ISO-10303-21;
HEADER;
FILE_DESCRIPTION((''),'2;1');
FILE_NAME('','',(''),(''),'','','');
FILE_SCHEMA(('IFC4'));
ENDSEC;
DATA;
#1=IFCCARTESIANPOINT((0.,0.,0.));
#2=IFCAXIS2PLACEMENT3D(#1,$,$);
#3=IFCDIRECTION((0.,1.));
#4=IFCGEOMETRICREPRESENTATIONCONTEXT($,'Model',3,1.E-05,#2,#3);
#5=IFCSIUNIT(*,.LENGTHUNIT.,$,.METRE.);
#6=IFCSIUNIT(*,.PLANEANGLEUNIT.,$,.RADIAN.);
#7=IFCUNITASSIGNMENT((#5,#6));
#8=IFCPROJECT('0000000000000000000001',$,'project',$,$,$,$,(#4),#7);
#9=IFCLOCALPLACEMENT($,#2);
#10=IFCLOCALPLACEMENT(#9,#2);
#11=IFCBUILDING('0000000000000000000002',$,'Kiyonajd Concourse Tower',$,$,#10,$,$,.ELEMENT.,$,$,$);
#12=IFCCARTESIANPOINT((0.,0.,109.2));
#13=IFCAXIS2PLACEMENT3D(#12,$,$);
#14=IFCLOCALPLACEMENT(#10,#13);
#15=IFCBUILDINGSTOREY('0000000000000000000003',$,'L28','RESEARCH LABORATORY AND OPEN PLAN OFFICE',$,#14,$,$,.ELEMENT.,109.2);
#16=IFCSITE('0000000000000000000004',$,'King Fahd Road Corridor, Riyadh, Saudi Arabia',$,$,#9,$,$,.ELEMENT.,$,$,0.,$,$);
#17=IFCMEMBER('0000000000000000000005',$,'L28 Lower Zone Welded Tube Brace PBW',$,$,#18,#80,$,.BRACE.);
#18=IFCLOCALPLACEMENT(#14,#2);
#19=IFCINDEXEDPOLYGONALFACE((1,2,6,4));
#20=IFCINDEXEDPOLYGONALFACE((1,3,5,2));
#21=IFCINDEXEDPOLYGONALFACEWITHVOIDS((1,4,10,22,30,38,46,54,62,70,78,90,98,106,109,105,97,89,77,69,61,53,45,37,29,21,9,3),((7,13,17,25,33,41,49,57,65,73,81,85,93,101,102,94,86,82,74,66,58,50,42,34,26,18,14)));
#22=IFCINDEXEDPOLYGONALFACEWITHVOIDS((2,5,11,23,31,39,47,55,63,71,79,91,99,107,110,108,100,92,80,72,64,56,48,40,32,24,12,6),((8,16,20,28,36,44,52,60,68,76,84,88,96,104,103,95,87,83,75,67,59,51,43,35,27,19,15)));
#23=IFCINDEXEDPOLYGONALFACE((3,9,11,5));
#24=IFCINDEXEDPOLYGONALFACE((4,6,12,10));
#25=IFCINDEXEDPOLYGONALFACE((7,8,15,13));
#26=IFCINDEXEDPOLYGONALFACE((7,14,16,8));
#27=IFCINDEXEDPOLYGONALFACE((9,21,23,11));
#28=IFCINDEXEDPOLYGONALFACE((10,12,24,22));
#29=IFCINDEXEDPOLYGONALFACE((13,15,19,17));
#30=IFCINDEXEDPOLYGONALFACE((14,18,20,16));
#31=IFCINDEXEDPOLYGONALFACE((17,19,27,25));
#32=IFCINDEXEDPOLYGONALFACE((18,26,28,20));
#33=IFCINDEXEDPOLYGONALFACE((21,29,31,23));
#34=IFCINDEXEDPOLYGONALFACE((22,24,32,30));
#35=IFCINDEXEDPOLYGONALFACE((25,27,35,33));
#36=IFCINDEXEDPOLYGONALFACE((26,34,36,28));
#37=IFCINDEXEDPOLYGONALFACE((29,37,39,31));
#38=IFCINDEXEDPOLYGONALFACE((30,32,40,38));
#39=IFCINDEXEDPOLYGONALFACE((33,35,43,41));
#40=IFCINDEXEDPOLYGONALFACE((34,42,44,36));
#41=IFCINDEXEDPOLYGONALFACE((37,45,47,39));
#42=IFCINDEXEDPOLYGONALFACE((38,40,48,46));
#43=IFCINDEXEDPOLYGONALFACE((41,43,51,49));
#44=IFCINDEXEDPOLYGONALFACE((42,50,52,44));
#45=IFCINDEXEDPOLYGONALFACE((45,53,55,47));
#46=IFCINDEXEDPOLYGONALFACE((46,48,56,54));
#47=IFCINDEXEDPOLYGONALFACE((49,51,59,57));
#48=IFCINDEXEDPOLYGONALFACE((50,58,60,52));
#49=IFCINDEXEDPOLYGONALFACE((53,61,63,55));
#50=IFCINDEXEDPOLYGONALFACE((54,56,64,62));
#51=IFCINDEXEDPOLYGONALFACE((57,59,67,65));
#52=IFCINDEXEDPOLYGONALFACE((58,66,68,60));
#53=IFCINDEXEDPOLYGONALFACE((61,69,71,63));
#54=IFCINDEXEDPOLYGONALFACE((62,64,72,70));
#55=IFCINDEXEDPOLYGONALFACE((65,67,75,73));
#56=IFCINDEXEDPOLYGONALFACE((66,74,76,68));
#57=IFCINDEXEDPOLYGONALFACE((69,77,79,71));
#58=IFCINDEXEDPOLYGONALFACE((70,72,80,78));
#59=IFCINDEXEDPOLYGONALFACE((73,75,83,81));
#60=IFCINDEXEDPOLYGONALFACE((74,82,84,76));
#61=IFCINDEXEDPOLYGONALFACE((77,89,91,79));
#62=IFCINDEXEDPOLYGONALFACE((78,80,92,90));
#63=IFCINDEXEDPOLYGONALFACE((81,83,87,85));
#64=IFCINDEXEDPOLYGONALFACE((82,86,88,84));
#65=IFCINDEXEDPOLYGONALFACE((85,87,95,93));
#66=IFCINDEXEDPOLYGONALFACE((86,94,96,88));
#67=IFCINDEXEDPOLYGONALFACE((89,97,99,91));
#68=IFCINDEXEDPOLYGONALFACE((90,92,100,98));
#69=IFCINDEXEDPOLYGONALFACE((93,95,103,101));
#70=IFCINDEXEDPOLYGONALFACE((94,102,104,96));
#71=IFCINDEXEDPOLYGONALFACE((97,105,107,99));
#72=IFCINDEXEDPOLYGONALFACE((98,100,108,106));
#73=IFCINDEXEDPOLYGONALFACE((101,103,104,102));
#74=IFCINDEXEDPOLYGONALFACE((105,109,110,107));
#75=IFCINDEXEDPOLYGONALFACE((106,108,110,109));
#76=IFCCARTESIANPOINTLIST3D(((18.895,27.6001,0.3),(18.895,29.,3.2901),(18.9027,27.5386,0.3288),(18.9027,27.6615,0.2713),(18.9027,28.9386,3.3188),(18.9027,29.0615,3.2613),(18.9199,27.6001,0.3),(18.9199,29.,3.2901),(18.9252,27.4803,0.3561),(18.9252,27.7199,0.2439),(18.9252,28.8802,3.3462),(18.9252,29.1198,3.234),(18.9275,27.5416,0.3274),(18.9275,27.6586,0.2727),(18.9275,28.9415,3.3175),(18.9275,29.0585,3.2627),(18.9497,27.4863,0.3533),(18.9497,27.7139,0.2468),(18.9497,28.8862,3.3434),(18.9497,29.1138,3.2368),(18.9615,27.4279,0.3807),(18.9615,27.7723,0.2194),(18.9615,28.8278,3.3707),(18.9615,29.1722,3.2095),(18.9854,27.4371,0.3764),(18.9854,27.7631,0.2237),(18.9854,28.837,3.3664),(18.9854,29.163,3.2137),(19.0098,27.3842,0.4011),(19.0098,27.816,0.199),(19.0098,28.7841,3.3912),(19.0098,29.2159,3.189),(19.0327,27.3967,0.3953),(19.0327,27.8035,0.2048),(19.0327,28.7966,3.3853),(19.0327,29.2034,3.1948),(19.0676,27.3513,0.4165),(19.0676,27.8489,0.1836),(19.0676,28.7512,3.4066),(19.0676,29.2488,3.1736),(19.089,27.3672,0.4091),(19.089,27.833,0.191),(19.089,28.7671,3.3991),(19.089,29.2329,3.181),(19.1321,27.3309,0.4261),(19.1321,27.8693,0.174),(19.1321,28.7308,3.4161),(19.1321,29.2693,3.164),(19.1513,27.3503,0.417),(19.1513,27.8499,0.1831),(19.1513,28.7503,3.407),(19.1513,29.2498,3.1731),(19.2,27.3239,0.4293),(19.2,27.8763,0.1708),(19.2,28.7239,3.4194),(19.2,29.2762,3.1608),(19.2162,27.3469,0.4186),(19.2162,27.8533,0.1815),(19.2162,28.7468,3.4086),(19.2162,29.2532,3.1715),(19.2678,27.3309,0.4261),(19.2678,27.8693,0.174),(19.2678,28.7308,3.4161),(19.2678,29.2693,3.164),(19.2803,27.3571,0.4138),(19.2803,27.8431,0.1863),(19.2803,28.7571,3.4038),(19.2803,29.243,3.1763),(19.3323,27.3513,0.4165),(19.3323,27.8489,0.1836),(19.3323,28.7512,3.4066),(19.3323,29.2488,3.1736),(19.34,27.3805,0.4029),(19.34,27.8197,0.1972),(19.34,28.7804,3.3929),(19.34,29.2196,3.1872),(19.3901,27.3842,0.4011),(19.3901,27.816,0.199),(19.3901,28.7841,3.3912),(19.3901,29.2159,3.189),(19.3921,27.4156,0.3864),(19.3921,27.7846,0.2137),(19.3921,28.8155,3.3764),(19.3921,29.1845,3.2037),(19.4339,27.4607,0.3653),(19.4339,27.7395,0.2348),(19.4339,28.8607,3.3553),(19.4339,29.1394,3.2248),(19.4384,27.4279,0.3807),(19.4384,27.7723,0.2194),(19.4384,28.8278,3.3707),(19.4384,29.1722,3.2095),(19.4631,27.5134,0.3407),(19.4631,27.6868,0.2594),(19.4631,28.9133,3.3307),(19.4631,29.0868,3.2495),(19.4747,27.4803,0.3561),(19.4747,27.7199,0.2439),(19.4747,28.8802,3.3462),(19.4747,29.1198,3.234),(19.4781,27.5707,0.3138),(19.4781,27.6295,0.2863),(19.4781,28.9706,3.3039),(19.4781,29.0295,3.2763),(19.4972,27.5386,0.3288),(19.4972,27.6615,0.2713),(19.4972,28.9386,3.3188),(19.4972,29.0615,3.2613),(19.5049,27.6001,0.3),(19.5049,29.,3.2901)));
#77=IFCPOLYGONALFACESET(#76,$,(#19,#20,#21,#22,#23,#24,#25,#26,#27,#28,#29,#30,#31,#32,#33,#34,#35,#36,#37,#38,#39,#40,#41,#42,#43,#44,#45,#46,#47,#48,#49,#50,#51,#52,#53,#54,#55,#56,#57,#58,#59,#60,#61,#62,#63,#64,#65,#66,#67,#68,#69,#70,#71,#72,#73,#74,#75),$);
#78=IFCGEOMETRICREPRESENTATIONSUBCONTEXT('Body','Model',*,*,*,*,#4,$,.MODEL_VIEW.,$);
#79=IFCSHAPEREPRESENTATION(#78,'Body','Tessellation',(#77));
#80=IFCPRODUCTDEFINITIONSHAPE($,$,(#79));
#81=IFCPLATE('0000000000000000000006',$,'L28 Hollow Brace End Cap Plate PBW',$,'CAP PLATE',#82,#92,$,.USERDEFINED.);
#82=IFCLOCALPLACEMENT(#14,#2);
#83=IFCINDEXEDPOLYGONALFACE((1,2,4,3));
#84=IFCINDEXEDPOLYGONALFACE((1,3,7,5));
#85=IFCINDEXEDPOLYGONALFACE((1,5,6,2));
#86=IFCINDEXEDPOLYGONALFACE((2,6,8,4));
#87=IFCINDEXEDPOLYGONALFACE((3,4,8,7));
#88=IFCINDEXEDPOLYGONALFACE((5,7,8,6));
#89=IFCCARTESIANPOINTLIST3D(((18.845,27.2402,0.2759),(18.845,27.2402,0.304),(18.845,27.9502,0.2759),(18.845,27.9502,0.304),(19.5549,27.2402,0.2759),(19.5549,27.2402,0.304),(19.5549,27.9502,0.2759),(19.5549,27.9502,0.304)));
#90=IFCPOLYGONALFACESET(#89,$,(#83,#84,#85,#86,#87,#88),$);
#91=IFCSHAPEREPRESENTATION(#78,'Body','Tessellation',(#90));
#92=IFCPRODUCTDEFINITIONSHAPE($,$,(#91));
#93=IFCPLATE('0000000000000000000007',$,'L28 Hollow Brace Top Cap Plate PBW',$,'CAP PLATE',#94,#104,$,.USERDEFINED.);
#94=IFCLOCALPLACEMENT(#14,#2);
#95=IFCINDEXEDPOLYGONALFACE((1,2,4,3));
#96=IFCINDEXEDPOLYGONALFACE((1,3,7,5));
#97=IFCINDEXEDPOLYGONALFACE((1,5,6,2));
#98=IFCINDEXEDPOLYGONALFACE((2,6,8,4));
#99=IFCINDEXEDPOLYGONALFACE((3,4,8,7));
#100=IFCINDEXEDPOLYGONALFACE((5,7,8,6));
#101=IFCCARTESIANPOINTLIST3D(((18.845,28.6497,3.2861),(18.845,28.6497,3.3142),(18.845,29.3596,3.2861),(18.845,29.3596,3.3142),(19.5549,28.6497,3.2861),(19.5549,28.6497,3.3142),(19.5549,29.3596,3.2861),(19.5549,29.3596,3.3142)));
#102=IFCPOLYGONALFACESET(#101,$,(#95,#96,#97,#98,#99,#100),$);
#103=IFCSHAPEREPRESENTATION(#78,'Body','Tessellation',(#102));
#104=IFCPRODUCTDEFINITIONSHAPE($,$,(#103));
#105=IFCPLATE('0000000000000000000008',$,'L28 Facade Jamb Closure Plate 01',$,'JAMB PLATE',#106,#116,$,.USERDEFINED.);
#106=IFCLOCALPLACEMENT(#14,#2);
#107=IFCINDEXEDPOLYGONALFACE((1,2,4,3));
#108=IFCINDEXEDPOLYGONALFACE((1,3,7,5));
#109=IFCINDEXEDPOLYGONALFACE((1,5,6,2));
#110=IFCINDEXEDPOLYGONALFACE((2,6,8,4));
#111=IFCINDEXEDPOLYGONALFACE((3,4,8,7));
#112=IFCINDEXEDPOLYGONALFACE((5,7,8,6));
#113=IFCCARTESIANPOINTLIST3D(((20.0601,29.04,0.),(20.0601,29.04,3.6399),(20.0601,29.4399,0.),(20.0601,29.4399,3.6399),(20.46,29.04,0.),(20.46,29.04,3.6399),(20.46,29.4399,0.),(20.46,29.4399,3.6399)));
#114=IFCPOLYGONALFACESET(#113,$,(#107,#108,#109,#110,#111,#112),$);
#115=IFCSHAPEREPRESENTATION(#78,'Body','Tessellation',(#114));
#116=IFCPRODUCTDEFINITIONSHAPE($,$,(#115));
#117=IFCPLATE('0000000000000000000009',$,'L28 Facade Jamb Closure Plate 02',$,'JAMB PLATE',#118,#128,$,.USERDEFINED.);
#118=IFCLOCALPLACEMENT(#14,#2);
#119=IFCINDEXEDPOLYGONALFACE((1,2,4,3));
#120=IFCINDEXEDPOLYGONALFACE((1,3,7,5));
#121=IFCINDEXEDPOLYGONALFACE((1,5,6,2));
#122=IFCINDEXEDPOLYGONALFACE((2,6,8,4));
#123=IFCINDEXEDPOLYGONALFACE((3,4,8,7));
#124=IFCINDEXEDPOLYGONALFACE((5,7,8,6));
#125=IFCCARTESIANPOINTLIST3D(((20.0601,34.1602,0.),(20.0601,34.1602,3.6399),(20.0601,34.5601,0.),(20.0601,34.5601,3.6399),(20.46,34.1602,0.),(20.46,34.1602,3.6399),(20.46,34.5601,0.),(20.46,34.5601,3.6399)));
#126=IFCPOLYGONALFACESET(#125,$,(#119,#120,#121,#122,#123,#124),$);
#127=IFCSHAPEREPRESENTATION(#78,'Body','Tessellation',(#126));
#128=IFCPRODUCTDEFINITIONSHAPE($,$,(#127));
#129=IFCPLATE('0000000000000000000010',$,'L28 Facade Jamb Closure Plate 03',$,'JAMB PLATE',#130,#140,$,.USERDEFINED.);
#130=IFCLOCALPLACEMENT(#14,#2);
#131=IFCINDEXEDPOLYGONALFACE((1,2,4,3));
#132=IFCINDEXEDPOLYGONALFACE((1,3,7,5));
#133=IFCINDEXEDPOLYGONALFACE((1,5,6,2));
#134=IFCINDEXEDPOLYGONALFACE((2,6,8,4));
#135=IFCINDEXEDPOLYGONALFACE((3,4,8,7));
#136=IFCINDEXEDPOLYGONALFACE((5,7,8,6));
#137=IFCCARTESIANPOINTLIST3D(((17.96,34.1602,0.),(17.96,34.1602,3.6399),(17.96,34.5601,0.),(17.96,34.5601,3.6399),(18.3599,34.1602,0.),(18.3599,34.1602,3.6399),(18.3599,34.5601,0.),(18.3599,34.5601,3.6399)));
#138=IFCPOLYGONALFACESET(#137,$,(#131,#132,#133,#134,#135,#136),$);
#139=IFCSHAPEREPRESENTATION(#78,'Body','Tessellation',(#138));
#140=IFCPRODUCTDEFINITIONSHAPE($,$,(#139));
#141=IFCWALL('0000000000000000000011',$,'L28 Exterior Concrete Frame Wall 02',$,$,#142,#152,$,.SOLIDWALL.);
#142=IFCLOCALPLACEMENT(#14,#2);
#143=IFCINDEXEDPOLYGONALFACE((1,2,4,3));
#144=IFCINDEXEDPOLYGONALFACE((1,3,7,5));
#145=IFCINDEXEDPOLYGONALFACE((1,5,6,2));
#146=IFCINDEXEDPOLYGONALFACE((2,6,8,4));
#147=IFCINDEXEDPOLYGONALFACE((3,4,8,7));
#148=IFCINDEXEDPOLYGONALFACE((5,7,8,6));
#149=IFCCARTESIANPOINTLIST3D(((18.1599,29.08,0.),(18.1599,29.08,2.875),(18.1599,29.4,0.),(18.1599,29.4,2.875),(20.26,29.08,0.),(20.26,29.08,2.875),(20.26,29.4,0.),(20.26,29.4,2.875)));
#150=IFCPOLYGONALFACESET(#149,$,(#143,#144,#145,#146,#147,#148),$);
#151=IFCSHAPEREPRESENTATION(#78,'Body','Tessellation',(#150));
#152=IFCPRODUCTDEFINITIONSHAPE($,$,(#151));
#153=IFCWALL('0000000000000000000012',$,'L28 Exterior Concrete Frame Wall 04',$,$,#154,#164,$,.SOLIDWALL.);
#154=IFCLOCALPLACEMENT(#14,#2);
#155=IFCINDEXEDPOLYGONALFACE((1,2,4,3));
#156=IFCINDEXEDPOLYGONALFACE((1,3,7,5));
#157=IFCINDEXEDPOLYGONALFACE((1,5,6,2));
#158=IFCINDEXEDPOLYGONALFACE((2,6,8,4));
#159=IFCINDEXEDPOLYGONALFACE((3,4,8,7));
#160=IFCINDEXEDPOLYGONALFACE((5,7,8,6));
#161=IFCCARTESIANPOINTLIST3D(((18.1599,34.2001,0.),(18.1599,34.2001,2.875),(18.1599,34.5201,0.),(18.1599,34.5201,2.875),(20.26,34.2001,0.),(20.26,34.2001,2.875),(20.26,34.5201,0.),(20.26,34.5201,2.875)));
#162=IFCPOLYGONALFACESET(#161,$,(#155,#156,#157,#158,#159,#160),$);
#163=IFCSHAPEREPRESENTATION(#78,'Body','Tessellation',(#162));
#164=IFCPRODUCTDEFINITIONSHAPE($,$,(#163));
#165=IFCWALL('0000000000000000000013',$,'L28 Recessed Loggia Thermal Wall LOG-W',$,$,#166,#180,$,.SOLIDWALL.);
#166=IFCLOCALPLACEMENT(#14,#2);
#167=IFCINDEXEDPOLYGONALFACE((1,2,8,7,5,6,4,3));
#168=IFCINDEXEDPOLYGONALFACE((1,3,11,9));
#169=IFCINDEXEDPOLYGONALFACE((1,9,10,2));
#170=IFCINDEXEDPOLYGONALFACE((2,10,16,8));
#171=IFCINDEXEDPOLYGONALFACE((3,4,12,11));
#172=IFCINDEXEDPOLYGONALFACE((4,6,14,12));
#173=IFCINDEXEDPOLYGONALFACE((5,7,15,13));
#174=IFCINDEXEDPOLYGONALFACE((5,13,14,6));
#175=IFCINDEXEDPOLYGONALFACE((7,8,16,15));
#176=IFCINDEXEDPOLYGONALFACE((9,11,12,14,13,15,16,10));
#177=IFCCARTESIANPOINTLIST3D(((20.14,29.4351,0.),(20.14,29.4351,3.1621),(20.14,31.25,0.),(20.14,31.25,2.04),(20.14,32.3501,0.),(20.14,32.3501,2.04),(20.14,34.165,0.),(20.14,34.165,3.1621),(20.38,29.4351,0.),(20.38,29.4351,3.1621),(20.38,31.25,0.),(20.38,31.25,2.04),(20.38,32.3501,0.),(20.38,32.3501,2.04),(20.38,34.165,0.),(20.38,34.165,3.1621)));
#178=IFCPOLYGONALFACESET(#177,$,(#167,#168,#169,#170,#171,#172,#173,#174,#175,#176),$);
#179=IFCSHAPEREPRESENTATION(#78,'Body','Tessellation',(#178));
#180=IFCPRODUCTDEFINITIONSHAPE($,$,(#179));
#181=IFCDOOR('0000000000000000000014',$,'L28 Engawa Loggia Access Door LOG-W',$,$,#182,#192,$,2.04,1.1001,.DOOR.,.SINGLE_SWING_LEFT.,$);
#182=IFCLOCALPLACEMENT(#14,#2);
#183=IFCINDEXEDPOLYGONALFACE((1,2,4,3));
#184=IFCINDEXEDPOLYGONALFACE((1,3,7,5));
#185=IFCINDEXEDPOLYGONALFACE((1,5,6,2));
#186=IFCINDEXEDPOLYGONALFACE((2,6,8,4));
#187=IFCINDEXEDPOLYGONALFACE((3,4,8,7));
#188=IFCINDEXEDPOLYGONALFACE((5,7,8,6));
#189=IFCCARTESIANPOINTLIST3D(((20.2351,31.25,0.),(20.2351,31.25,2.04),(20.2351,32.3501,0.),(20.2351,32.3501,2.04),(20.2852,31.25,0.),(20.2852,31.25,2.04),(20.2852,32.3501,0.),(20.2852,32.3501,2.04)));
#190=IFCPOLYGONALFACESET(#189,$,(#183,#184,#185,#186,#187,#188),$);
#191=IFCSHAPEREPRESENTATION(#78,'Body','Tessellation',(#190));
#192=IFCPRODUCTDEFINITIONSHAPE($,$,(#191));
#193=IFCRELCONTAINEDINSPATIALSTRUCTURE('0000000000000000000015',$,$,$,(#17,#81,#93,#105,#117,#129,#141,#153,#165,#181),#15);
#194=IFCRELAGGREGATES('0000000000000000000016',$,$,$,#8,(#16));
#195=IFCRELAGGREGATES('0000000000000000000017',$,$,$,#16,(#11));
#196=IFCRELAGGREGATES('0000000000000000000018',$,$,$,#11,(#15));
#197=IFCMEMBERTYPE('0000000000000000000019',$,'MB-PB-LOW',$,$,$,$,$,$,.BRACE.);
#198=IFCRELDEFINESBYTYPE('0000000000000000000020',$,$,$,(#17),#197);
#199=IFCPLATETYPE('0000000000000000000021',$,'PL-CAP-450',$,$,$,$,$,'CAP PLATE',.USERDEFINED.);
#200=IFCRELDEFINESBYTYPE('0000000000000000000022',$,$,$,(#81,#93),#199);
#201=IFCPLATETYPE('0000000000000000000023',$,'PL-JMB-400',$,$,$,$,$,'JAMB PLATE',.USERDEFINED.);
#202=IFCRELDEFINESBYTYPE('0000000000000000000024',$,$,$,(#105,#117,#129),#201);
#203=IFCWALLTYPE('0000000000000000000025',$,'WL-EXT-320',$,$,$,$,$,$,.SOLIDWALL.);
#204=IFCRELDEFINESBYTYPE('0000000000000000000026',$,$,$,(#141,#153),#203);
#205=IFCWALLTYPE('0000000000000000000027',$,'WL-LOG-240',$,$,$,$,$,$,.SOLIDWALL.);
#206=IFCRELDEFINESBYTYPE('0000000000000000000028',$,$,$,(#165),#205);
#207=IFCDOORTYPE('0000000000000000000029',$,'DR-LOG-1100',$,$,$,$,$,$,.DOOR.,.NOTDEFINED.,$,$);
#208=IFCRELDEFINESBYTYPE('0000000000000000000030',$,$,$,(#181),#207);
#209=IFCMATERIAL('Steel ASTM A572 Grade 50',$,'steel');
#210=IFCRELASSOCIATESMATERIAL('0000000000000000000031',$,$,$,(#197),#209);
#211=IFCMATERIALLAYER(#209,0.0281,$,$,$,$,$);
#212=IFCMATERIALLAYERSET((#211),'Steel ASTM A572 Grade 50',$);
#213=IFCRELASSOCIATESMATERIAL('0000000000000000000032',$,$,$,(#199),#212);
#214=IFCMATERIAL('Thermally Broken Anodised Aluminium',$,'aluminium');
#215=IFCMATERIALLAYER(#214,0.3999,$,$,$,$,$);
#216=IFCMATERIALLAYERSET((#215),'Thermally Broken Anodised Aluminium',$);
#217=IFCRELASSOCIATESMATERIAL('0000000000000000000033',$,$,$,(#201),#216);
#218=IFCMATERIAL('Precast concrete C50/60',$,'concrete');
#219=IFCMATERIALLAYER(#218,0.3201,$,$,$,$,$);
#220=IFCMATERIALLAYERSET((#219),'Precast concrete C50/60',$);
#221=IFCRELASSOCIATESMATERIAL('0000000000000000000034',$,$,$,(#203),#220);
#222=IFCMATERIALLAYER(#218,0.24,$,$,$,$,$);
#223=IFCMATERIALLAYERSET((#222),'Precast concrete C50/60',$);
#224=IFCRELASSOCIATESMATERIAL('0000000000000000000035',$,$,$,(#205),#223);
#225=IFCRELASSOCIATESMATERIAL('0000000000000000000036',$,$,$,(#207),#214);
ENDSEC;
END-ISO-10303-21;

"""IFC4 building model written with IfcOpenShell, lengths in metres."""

from ifc_helpers import new_model, si_unit, direction, frame, frame_2d, origin, origin_2d, place, context, subcontext, project, spatial, rectangle, hollow_circle, extrude, material, layer, layer_set, material_profile, profile_set, type_object, element, fill, save


model = new_model("IFC4")

# Units and contexts
model_context = context("Model", 3, precision=1e-05, world=origin(), true_north=direction((0.0, 1.0)))
body_context = subcontext(model_context, "Body", "Model", "MODEL_VIEW")
ifc_project = project(units=[si_unit("LENGTHUNIT", "METRE"), si_unit("PLANEANGLEUNIT", "RADIAN")], contexts=[model_context])

# Site, building, storey
site_placement = place(None, origin())
site = spatial("IfcSite", under=ifc_project, at=site_placement, Name="King Fahd Road Corridor, Riyadh, Saudi Arabia", CompositionType="ELEMENT", RefElevation=0.0)
building_placement = place(site_placement, origin())
building = spatial("IfcBuilding", under=site, at=building_placement, Name="Kiyonajd Concourse Tower", CompositionType="ELEMENT")
storey_placement = place(building_placement, frame((0.0, 0.0, 109.2)))
storey = spatial("IfcBuildingStorey", under=building, at=storey_placement, Name="L28", Description="RESEARCH LABORATORY AND OPEN PLAN OFFICE", CompositionType="ELEMENT", Elevation=109.2)

# Shared definitions
ifc_material_1 = material(Name="Precast concrete C50/60", Category="concrete")

# Shared definitions
ifc_material_2 = material(Name="Thermally Broken Anodised Aluminium", Category="aluminium")

# Member
ifc_material_3 = material(Name="Steel ASTM A572 Grade 50", Category="steel")
ifc_material_profile_1 = material_profile(ifc_material_3, hollow_circle(Radius=0.3049, WallThickness=0.0249, at=origin_2d()), Name="CHS-610x25")
ifc_profile_set_1 = profile_set([ifc_material_profile_1], Name="Steel ASTM A572 Grade 50")
member_type_1 = type_object("IfcMemberType", Name="MB-PB-LOW", PredefinedType="BRACE", material=ifc_profile_set_1)
member_1_placement = place(storey_placement, frame((19.2, 27.6001, 0.3), z_axis=(0.0, 0.424023, 0.905652), x_axis=(-1.0, 0.0, 0.0)))
element("IfcMember", 1, at=member_1_placement, inside=storey, type_object=member_type_1, Name="L28 Lower Zone Welded Tube Brace PBW", PredefinedType="BRACE", context=body_context, shape_type="SweptSolid", body=[
    extrude(hollow_circle(Radius=0.3049, WallThickness=0.0249, at=origin_2d()), origin(), (0.0, 0.0, 1.0), 3.3015),
])

# Plates
ifc_layer_1 = layer(ifc_material_3, 0.0281)
ifc_layer_set_1 = layer_set([ifc_layer_1], Name="Steel ASTM A572 Grade 50")
plate_type_1 = type_object("IfcPlateType", Name="PL-CAP-450", ElementType="CAP PLATE", PredefinedType="USERDEFINED", material=ifc_layer_set_1)
for number, where, z_axis, x_axis, name in (
    (2, (19.2, 27.5952, 0.2759), (0.0, 0.0, 1.0), (1.0, 0.0, 0.0), "L28 Hollow Brace End Cap Plate PBW"),
    (3, (19.2, 29.0046, 3.2861), (0.0, 0.0, 1.0), (1.0, 0.0, 0.0), "L28 Hollow Brace Top Cap Plate PBW"),
):
    element("IfcPlate", number, at=place(storey_placement, frame(where, z_axis=z_axis, x_axis=x_axis)), inside=storey, type_object=plate_type_1, Name=name, ObjectType="CAP PLATE", PredefinedType="USERDEFINED", context=body_context, shape_type="SweptSolid", body=[
        extrude(rectangle(XDim=0.71, YDim=0.71, at=origin_2d()), origin(), (0.0, 0.0, 1.0), 0.0281),
    ])
ifc_layer_2 = layer(ifc_material_2, 0.3999)
ifc_layer_set_2 = layer_set([ifc_layer_2], Name="Thermally Broken Anodised Aluminium")
plate_type_2 = type_object("IfcPlateType", Name="PL-JMB-400", ElementType="JAMB PLATE", PredefinedType="USERDEFINED", material=ifc_layer_set_2)
for number, where, z_axis, x_axis, name in (
    (4, (20.26, 29.24, 0.0), (0.0, 0.0, 1.0), (1.0, 0.0, 0.0), "L28 Facade Jamb Closure Plate 01"),
    (5, (20.26, 34.3601, 0.0), (0.0, 0.0, 1.0), (1.0, 0.0, 0.0), "L28 Facade Jamb Closure Plate 02"),
    (6, (18.1599, 34.3601, 0.0), (0.0, 0.0, 1.0), (1.0, 0.0, 0.0), "L28 Facade Jamb Closure Plate 03"),
):
    element("IfcPlate", number, at=place(storey_placement, frame(where, z_axis=z_axis, x_axis=x_axis)), inside=storey, type_object=plate_type_2, Name=name, ObjectType="JAMB PLATE", PredefinedType="USERDEFINED", context=body_context, shape_type="SweptSolid", body=[
        extrude(rectangle(XDim=0.3999, YDim=0.3999, at=origin_2d()), origin(), (0.0, 0.0, 1.0), 3.6399),
    ])

# Walls
ifc_layer_3 = layer(ifc_material_1, 0.3201)
ifc_layer_set_3 = layer_set([ifc_layer_3], Name="Precast concrete C50/60")
wall_type_1 = type_object("IfcWallType", Name="WL-EXT-320", PredefinedType="SOLIDWALL", material=ifc_layer_set_3)
for number, where, z_axis, x_axis, name in (
    (7, (18.1599, 29.24, 0.0), (0.0, 0.0, 1.0), (1.0, 0.0, 0.0), "L28 Exterior Concrete Frame Wall 02"),
    (8, (20.26, 34.3601, 0.0), (0.0, 0.0, 1.0), (-1.0, 0.0, 0.0), "L28 Exterior Concrete Frame Wall 04"),
):
    element("IfcWall", number, at=place(storey_placement, frame(where, z_axis=z_axis, x_axis=x_axis)), inside=storey, type_object=wall_type_1, Name=name, PredefinedType="SOLIDWALL", context=body_context, shape_type="SweptSolid", body=[
        extrude(rectangle(XDim=2.1001, YDim=0.3201, at=frame_2d((1.05, 0.0))), origin(), (0.0, 0.0, 1.0), 2.875),
    ])

# Wall, opening, door
ifc_layer_4 = layer(ifc_material_1, 0.24)
ifc_layer_set_4 = layer_set([ifc_layer_4], Name="Precast concrete C50/60")
wall_type_2 = type_object("IfcWallType", Name="WL-LOG-240", PredefinedType="SOLIDWALL", material=ifc_layer_set_4)
wall_1_placement = place(storey_placement, frame((20.26, 29.4351, 0.0), z_axis=(0.0, 0.0, 1.0), x_axis=(0.0, 1.0, 0.0)))
wall_1 = element("IfcWall", 9, at=wall_1_placement, inside=storey, type_object=wall_type_2, Name="L28 Recessed Loggia Thermal Wall LOG-W", PredefinedType="SOLIDWALL", context=body_context, shape_type="SweptSolid", body=[
    extrude(rectangle(XDim=4.73, YDim=0.24, at=frame_2d((2.365, 0.0))), origin(), (0.0, 0.0, 1.0), 3.1621),
])
opening_1_placement = place(wall_1_placement, frame((1.8149, 0.0, 0.0)))
opening_1 = element("IfcOpeningElement", 10, at=opening_1_placement, cuts=wall_1, PredefinedType="OPENING", context=body_context, shape_type="SweptSolid", body=[
    extrude(rectangle(XDim=1.1001, YDim=2.04, at=frame_2d((0.55, 1.02))), frame((0.0, 0.1299, 0.0), z_axis=(0.0, -1.0, 0.0), x_axis=(1.0, 0.0, 0.0)), (0.0, 0.0, 1.0), 0.26),
])
door_type_1 = type_object("IfcDoorType", Name="DR-LOG-1100", OperationType="NOTDEFINED", PredefinedType="DOOR", material=ifc_material_2)
door_1_placement = place(opening_1_placement, origin())
door_1 = element("IfcDoor", 11, at=door_1_placement, inside=storey, type_object=door_type_1, Name="L28 Engawa Loggia Access Door LOG-W", OperationType="SINGLE_SWING_LEFT", OverallHeight=2.04, OverallWidth=1.1001, PredefinedType="DOOR", context=body_context, shape_type="SweptSolid", body=[
    extrude(rectangle(XDim=1.1001, YDim=2.04, at=frame_2d((0.55, 1.02))), frame((0.0, 0.0249, 0.0), z_axis=(0.0, -1.0, 0.0), x_axis=(1.0, 0.0, 0.0)), (0.0, 0.0, 1.0), 0.05),
])
fill(opening_1, door_1)

save(model, "model.ifc")
